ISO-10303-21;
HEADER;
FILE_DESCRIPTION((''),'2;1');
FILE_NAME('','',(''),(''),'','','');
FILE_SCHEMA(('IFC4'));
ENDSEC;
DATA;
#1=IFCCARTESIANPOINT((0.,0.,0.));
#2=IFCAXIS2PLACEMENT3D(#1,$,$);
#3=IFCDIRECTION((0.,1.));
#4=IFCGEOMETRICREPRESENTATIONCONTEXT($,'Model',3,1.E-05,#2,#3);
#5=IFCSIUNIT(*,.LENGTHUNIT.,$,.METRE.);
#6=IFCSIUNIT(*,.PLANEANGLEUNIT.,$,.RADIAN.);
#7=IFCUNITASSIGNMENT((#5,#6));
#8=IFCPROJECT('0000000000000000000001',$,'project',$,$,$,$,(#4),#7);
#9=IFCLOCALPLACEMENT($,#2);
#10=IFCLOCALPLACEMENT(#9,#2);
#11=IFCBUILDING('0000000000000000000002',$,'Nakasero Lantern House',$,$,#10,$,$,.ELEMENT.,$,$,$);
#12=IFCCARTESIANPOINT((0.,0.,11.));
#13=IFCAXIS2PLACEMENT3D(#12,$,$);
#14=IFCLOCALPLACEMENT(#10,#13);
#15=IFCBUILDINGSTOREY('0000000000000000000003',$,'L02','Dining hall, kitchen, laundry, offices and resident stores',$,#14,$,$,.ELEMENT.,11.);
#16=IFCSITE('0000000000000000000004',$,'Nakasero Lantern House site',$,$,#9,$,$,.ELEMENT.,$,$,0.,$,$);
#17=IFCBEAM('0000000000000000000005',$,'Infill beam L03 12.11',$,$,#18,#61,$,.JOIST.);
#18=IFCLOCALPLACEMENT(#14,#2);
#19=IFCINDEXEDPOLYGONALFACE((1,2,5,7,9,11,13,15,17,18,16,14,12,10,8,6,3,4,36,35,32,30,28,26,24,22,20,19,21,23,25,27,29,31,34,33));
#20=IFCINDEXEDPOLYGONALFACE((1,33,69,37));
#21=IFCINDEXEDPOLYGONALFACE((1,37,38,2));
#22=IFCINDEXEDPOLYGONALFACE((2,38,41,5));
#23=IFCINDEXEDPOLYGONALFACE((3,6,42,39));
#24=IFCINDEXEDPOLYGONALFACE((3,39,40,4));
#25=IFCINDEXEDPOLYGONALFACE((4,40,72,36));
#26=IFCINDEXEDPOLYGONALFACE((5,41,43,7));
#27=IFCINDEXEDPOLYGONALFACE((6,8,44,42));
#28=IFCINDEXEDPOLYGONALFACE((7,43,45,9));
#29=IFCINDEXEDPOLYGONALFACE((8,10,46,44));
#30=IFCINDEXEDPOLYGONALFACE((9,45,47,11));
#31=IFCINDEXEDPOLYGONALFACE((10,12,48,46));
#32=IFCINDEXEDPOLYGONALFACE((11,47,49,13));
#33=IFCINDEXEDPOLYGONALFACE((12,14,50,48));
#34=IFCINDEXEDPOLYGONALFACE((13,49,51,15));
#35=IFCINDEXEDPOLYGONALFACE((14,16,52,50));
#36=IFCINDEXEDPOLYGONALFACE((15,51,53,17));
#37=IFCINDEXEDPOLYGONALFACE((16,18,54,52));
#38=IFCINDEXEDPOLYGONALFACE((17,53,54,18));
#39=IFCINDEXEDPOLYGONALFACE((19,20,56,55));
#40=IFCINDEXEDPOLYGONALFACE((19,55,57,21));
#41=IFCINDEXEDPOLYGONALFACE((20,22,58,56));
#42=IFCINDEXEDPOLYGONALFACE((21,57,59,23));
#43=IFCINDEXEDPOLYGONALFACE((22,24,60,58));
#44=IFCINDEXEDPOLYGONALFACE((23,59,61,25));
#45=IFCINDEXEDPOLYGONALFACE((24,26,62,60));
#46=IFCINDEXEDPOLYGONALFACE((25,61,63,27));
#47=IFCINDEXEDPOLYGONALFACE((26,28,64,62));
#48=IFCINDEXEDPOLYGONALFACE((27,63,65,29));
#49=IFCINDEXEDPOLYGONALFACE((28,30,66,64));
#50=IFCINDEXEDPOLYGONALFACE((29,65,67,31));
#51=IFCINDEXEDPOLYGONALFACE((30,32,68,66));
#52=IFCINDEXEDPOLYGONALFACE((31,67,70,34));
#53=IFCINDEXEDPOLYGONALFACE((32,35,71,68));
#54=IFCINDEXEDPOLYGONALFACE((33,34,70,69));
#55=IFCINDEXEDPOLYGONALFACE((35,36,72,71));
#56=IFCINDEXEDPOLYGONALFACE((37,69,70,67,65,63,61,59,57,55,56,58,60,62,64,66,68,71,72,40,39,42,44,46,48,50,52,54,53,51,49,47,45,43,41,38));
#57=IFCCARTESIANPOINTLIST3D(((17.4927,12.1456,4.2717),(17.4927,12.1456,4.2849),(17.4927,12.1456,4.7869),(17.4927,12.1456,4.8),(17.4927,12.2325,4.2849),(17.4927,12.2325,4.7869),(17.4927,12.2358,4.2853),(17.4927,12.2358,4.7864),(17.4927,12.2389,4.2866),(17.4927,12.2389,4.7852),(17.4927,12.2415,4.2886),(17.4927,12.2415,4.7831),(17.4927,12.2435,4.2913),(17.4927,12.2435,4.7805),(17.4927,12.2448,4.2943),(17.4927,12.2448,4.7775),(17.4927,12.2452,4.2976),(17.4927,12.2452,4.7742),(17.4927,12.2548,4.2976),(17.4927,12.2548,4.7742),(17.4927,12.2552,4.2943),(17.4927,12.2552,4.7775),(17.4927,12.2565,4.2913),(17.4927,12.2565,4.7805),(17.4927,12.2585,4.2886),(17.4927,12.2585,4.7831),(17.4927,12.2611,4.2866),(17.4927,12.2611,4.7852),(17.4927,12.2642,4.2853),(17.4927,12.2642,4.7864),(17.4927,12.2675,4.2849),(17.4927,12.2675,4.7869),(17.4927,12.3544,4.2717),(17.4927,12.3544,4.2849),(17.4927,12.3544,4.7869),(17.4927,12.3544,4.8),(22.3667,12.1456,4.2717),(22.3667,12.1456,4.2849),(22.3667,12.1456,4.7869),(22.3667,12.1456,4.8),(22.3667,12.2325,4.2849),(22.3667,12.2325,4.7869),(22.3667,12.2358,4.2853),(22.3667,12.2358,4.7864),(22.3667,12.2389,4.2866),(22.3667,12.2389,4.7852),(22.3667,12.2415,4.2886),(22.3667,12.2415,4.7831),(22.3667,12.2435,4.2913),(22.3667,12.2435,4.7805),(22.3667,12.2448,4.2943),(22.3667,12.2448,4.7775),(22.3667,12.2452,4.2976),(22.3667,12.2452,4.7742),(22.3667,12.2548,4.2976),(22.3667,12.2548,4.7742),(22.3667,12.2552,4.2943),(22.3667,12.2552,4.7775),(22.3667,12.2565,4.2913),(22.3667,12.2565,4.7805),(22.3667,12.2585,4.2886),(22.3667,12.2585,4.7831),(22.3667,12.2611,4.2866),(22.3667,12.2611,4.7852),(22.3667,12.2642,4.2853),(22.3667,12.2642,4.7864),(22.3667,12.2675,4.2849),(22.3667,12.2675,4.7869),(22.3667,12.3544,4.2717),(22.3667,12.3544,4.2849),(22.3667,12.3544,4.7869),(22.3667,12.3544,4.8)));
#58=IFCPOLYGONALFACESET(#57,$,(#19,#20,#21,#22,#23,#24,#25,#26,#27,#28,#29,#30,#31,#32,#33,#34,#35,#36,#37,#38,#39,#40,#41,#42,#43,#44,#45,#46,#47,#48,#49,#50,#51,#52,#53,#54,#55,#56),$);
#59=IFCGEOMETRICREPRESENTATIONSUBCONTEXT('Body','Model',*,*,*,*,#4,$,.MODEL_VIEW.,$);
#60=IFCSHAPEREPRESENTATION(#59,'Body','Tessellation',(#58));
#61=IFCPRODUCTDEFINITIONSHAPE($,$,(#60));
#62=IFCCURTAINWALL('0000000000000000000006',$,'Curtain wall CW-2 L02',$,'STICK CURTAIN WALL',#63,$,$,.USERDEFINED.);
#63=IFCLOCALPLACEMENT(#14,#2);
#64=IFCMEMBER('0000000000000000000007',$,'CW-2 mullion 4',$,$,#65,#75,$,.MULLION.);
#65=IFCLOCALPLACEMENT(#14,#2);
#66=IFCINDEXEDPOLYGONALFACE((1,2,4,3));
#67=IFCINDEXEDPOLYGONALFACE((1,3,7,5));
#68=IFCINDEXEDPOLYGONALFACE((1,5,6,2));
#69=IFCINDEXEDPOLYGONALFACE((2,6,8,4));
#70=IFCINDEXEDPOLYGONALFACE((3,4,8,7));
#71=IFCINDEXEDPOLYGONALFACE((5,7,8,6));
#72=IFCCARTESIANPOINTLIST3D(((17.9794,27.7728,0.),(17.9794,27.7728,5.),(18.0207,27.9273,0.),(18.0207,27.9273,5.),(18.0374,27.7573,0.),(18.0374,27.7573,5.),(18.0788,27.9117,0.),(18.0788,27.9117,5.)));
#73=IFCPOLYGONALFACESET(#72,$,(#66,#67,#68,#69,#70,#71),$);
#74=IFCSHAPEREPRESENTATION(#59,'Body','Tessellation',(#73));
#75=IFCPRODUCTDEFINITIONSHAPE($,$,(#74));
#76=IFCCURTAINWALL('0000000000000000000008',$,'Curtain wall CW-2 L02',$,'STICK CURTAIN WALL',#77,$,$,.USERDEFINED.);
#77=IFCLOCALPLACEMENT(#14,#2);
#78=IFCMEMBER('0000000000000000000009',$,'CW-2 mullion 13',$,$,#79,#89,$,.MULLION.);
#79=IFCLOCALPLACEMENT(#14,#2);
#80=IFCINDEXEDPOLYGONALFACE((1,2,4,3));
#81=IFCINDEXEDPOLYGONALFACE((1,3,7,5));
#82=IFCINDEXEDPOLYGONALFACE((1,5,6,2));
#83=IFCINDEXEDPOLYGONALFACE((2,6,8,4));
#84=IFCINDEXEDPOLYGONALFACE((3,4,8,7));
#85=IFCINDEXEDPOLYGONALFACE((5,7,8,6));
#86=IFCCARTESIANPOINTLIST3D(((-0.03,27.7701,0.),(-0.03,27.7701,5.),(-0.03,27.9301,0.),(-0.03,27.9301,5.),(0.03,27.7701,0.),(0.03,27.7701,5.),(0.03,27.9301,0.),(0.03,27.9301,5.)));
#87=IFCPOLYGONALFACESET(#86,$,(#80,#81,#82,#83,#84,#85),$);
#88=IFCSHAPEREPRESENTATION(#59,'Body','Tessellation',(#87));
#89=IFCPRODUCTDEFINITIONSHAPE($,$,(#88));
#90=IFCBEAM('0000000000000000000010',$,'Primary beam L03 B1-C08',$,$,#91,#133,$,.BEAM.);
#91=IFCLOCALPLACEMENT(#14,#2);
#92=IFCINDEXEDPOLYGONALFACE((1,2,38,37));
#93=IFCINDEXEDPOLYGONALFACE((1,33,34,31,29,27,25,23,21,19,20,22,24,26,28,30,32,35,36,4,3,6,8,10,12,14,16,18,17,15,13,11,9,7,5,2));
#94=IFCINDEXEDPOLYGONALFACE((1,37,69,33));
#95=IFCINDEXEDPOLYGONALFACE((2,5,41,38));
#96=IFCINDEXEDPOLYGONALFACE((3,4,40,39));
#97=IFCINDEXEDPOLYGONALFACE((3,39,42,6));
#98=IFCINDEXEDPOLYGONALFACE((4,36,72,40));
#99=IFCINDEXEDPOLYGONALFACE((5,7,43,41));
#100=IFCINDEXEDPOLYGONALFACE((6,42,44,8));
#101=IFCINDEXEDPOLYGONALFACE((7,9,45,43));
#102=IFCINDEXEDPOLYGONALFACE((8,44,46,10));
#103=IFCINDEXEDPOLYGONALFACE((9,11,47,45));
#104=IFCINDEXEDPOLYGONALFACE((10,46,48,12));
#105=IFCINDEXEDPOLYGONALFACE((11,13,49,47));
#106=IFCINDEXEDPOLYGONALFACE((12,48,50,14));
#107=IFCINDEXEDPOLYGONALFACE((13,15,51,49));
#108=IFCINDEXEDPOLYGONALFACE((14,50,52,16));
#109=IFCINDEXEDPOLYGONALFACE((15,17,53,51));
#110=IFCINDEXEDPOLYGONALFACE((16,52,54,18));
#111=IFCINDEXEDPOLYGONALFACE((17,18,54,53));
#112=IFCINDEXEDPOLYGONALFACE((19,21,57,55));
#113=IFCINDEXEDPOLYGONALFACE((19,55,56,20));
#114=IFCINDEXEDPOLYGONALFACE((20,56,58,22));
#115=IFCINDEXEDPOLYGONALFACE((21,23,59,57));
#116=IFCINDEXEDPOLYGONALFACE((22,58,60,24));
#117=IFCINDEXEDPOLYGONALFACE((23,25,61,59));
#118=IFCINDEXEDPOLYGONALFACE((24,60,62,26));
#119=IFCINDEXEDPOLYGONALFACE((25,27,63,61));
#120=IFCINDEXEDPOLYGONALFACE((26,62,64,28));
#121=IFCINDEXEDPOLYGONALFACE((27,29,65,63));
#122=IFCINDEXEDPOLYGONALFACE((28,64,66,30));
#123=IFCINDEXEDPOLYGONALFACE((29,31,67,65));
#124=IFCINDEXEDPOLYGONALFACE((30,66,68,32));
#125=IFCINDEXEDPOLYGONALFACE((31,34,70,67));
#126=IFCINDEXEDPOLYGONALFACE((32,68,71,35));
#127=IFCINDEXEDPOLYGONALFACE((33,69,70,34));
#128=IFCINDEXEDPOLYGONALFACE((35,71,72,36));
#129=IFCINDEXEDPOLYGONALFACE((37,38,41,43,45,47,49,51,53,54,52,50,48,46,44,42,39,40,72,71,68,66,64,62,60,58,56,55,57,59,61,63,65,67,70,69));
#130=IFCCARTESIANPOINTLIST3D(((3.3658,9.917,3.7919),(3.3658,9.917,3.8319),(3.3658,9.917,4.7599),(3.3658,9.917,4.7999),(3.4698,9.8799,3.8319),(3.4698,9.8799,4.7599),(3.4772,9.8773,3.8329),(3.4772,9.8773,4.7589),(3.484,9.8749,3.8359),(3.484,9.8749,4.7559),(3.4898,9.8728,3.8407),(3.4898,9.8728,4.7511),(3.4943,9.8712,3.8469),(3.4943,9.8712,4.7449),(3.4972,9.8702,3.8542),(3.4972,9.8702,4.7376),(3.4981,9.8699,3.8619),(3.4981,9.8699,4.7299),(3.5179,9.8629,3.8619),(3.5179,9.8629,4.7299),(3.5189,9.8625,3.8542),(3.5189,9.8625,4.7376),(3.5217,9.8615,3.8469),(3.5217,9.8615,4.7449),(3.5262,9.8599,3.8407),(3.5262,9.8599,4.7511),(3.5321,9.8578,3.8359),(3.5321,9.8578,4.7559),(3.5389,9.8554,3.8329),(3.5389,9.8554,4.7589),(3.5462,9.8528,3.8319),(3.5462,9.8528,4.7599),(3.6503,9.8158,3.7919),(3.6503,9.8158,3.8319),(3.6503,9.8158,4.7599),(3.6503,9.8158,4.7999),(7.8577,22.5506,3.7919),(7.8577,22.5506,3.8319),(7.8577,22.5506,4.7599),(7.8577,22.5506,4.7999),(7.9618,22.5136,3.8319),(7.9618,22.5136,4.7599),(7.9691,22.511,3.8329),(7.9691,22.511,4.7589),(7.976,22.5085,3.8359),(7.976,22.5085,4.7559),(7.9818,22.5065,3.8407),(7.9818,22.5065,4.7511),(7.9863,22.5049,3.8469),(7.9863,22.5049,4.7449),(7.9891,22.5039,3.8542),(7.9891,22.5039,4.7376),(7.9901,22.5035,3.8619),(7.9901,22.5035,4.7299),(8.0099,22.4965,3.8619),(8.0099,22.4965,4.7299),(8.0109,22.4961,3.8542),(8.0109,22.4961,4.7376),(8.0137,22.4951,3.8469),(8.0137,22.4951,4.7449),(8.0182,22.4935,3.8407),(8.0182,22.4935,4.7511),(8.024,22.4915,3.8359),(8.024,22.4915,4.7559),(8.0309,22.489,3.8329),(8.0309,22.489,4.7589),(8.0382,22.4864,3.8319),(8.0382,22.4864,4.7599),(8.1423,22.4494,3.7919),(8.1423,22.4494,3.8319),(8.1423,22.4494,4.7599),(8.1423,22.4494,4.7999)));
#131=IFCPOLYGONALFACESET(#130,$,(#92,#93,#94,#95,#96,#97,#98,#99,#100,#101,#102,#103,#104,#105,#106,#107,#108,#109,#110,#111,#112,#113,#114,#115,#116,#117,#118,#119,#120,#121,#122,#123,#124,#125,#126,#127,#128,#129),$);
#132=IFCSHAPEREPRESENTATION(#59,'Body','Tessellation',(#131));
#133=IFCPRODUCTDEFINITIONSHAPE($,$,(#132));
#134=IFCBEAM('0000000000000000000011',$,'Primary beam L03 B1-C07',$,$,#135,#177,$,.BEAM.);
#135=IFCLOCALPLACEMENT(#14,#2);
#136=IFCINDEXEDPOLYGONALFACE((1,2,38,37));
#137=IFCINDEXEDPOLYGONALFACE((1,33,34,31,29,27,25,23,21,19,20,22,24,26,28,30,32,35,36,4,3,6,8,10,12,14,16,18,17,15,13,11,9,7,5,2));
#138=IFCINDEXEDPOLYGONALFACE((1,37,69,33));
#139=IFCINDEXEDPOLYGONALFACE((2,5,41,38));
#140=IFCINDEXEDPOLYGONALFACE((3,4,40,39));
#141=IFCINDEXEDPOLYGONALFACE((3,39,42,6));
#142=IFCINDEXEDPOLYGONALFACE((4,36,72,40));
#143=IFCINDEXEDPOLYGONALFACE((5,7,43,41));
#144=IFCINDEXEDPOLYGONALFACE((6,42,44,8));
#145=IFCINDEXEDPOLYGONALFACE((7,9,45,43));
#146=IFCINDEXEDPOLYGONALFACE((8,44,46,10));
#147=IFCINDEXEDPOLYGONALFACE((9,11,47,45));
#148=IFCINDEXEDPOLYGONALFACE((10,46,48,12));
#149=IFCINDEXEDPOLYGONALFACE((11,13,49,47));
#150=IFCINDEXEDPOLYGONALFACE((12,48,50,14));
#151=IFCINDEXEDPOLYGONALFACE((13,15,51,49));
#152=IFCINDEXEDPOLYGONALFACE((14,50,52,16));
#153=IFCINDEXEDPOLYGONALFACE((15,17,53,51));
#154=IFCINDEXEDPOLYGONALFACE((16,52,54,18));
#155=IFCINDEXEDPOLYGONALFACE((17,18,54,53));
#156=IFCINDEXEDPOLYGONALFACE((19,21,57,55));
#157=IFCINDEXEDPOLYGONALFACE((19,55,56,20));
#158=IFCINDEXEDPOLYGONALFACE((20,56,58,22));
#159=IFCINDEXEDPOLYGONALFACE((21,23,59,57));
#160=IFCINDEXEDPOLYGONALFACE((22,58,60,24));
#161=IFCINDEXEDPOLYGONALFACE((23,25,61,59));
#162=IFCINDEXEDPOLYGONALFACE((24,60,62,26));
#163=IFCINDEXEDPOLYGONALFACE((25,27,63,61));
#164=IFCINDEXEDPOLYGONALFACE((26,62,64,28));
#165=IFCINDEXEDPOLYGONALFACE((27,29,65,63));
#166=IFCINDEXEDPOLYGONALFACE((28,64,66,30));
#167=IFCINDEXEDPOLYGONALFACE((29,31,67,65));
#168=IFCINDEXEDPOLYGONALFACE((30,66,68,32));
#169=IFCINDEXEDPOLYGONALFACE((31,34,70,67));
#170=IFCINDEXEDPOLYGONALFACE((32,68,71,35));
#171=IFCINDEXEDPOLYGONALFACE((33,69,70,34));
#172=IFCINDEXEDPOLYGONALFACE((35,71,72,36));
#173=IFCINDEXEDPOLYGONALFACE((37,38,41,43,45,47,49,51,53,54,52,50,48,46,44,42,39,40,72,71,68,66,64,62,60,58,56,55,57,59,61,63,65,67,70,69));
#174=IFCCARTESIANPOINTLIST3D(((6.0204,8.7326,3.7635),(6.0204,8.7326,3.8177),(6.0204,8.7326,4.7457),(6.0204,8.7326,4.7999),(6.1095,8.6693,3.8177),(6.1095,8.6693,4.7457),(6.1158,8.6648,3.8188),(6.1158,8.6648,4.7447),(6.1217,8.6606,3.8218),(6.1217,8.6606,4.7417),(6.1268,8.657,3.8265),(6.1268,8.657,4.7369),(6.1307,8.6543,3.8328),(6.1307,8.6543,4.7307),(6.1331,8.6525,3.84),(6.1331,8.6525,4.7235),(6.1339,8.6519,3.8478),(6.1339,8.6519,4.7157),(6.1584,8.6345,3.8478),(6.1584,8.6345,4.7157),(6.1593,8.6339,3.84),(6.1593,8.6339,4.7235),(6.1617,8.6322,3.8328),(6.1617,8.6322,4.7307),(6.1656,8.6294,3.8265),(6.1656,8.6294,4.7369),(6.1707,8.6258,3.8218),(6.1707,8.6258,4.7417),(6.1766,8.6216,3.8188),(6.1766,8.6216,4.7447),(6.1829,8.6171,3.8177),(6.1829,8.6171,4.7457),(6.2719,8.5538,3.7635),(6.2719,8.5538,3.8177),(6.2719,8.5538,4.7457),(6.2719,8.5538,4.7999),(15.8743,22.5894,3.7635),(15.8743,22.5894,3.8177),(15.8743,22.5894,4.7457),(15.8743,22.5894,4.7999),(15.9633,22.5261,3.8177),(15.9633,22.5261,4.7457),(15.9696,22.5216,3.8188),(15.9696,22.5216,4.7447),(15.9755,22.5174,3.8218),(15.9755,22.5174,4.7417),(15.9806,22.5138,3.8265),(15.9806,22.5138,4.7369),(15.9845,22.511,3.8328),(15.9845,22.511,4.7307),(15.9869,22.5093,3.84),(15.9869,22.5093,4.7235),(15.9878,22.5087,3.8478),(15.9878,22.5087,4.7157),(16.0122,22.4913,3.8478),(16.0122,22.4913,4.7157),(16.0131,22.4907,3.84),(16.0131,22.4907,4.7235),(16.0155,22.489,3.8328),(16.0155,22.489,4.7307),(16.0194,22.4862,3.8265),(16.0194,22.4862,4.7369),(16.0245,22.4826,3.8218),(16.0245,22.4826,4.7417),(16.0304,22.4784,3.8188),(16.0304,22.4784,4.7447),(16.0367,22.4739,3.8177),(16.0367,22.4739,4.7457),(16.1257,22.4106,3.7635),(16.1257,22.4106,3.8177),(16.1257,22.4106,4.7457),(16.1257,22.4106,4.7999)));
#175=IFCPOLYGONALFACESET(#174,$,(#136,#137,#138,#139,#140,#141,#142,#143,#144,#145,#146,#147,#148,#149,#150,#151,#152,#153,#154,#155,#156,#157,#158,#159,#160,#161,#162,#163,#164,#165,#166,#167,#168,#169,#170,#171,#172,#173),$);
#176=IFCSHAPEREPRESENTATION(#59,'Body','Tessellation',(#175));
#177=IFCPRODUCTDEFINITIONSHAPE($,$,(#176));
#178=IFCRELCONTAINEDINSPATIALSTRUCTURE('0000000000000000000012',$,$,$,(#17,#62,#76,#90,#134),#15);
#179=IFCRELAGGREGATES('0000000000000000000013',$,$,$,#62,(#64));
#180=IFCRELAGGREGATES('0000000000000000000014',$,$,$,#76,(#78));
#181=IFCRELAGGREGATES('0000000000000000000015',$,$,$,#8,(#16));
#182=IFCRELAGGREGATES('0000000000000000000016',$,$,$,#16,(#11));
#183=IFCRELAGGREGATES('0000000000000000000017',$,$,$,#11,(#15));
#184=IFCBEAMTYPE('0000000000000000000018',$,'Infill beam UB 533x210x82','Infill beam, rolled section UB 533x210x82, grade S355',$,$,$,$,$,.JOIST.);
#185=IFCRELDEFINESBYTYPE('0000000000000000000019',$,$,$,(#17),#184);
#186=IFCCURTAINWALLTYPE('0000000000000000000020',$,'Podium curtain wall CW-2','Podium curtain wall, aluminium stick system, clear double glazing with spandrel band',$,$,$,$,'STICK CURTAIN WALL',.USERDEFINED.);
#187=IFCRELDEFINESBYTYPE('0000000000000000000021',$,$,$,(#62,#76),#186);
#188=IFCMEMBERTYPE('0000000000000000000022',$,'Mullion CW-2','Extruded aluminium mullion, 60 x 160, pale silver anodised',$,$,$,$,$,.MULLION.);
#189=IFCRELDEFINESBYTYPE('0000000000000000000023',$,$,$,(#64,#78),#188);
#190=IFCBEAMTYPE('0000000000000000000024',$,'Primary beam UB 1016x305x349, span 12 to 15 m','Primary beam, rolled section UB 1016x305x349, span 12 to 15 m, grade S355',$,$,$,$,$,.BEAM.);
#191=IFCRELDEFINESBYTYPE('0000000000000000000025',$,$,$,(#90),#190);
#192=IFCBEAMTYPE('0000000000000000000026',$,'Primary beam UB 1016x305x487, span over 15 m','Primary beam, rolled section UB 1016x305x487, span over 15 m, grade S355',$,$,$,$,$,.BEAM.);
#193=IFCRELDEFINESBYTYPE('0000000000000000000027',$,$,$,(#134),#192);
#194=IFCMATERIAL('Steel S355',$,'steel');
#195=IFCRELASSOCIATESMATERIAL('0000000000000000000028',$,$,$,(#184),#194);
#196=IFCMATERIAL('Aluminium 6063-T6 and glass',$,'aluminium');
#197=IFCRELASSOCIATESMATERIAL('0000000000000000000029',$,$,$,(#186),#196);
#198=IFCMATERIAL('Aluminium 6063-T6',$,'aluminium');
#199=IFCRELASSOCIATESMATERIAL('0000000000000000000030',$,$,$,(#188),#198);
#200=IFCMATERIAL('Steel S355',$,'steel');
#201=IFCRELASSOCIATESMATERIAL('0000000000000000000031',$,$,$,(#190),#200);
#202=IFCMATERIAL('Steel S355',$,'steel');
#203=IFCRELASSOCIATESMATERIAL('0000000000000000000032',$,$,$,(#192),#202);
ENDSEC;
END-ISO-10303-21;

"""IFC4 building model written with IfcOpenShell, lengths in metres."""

from ifc_helpers import new_model, si_unit, direction, frame, origin, origin_2d, place, context, subcontext, project, spatial, rectangle, i_section, extrude, material, material_profile, profile_set, type_object, element, aggregate, save


model = new_model("IFC4")

# Units and contexts
model_context = context("Model", 3, precision=1e-05, world=origin(), true_north=direction((0.0, 1.0)))
body_context = subcontext(model_context, "Body", "Model", "MODEL_VIEW")
ifc_project = project(units=[si_unit("LENGTHUNIT", "METRE"), si_unit("PLANEANGLEUNIT", "RADIAN")], contexts=[model_context])

# Site, building, storey
site_placement = place(None, origin())
site = spatial("IfcSite", under=ifc_project, at=site_placement, Name="Nakasero Lantern House site", CompositionType="ELEMENT", RefElevation=0.0)
building_placement = place(site_placement, origin())
building = spatial("IfcBuilding", under=site, at=building_placement, Name="Nakasero Lantern House", CompositionType="ELEMENT")
storey_placement = place(building_placement, frame((0.0, 0.0, 11.0)))
storey = spatial("IfcBuildingStorey", under=building, at=storey_placement, Name="L02", Description="Dining hall, kitchen, laundry, offices and resident stores", CompositionType="ELEMENT", Elevation=11.0)

# Beam
ifc_material_1 = material(Name="Steel S355", Category="steel")
ifc_material_profile_1 = material_profile(ifc_material_1, i_section(OverallWidth=0.2087, OverallDepth=0.5283, WebThickness=0.0095, FlangeThickness=0.0132, FilletRadius=0.0127, at=origin_2d()), Name="UB 533x210x82")
ifc_profile_set_1 = profile_set([ifc_material_profile_1], Name="Steel S355")
beam_type_1 = type_object("IfcBeamType", Name="Infill beam UB 533x210x82", Description="Infill beam, rolled section UB 533x210x82, grade S355", PredefinedType="JOIST", material=ifc_profile_set_1)
beam_1_placement = place(storey_placement, frame((17.4927, 12.25, 4.5359), z_axis=(1.0, 0.0, 0.0), x_axis=(0.0, 1.0, 0.0)))
element("IfcBeam", 1, at=beam_1_placement, inside=storey, type_object=beam_type_1, Name="Infill beam L03 12.11", PredefinedType="JOIST", context=body_context, shape_type="SweptSolid", body=[
    extrude(i_section(OverallWidth=0.2087, OverallDepth=0.5283, WebThickness=0.0095, FlangeThickness=0.0132, FilletRadius=0.0127, at=origin_2d()), origin(), (0.0, 0.0, 1.0), 4.874),
])

# Curtain walls, members
ifc_material_2 = material(Name="Aluminium 6063-T6 and glass", Category="aluminium")
curtain_wall_type = type_object("IfcCurtainWallType", Name="Podium curtain wall CW-2", Description="Podium curtain wall, aluminium stick system, clear double glazing with spandrel band", ElementType="STICK CURTAIN WALL", PredefinedType="USERDEFINED", material=ifc_material_2)
curtain_wall_1_placement = place(storey_placement, origin())
curtain_wall_1 = element("IfcCurtainWall", 2, at=curtain_wall_1_placement, inside=storey, type_object=curtain_wall_type, Name="Curtain wall CW-2 L02", ObjectType="STICK CURTAIN WALL", PredefinedType="USERDEFINED")
ifc_material_3 = material(Name="Aluminium 6063-T6", Category="aluminium")
ifc_material_profile_2 = material_profile(ifc_material_3, rectangle(XDim=0.0601, YDim=0.1599, at=origin_2d()), Name="CW-2 mullion 60x160")
ifc_profile_set_2 = profile_set([ifc_material_profile_2], Name="Aluminium 6063-T6")
member_type_1 = type_object("IfcMemberType", Name="Mullion CW-2", Description="Extruded aluminium mullion, 60 x 160, pale silver anodised", PredefinedType="MULLION", material=ifc_profile_set_2)
member_1_placement = place(storey_placement, frame((18.0291, 27.8423, 0.0), z_axis=(0.0, 0.0, 1.0), x_axis=(-0.965926, 0.258819, 0.0)))
member_1 = element("IfcMember", 3, at=member_1_placement, type_object=member_type_1, Name="CW-2 mullion 4", PredefinedType="MULLION", context=body_context, shape_type="SweptSolid", body=[
    extrude(rectangle(XDim=0.0601, YDim=0.1599, at=origin_2d()), origin(), (0.0, 0.0, 1.0), 5.0),
])
curtain_wall_2_placement = place(storey_placement, origin())
curtain_wall_2 = element("IfcCurtainWall", 4, at=curtain_wall_2_placement, inside=storey, type_object=curtain_wall_type, Name="Curtain wall CW-2 L02", ObjectType="STICK CURTAIN WALL", PredefinedType="USERDEFINED")
member_2_placement = place(storey_placement, frame((0.0, 27.8501, 0.0), z_axis=(0.0, 0.0, 1.0), x_axis=(-1.0, 0.0, 0.0)))
member_2 = element("IfcMember", 5, at=member_2_placement, type_object=member_type_1, Name="CW-2 mullion 13", PredefinedType="MULLION", context=body_context, shape_type="SweptSolid", body=[
    extrude(rectangle(XDim=0.0601, YDim=0.1599, at=origin_2d()), origin(), (0.0, 0.0, 1.0), 5.0),
])

# Beams
ifc_material_4 = material(Name="Steel S355", Category="steel")
ifc_material_profile_3 = material_profile(ifc_material_4, i_section(OverallWidth=0.302, OverallDepth=1.0081, WebThickness=0.021, FlangeThickness=0.04, FilletRadius=0.03, at=origin_2d()), Name="UB 1016x305x349")
ifc_profile_set_3 = profile_set([ifc_material_profile_3], Name="Steel S355")
beam_type_2 = type_object("IfcBeamType", Name="Primary beam UB 1016x305x349, span 12 to 15 m", Description="Primary beam, rolled section UB 1016x305x349, span 12 to 15 m, grade S355", PredefinedType="BEAM", material=ifc_profile_set_3)
beam_2_placement = place(storey_placement, frame((8.0, 22.5, 4.2959), z_axis=(-0.335011, -0.942214, 0.0), x_axis=(0.942214, -0.335011, 0.0)))
element("IfcBeam", 6, at=beam_2_placement, inside=storey, type_object=beam_type_2, Name="Primary beam L03 B1-C08", PredefinedType="BEAM", context=body_context, shape_type="SweptSolid", body=[
    extrude(i_section(OverallWidth=0.302, OverallDepth=1.0081, WebThickness=0.021, FlangeThickness=0.04, FilletRadius=0.03, at=origin_2d()), origin(), (0.0, 0.0, 1.0), 13.4084),
])
ifc_material_5 = material(Name="Steel S355", Category="steel")
ifc_material_profile_4 = material_profile(ifc_material_5, i_section(OverallWidth=0.3086, OverallDepth=1.0364, WebThickness=0.03, FlangeThickness=0.0542, FilletRadius=0.03, at=origin_2d()), Name="UB 1016x305x487")
ifc_profile_set_4 = profile_set([ifc_material_profile_4], Name="Steel S355")
beam_type_3 = type_object("IfcBeamType", Name="Primary beam UB 1016x305x487, span over 15 m", Description="Primary beam, rolled section UB 1016x305x487, span over 15 m, grade S355", PredefinedType="BEAM", material=ifc_profile_set_4)
beam_3_placement = place(storey_placement, frame((16.0, 22.5, 4.2817), z_axis=(-0.579528, -0.814952, 0.0), x_axis=(0.814952, -0.579528, 0.0)))
element("IfcBeam", 7, at=beam_3_placement, inside=storey, type_object=beam_type_3, Name="Primary beam L03 B1-C07", PredefinedType="BEAM", context=body_context, shape_type="SweptSolid", body=[
    extrude(i_section(OverallWidth=0.3086, OverallDepth=1.0364, WebThickness=0.03, FlangeThickness=0.0542, FilletRadius=0.03, at=origin_2d()), origin(), (0.0, 0.0, 1.0), 17.0032),
])

aggregate(curtain_wall_1, [member_1])
aggregate(curtain_wall_2, [member_2])

save(model, "model.ifc")
